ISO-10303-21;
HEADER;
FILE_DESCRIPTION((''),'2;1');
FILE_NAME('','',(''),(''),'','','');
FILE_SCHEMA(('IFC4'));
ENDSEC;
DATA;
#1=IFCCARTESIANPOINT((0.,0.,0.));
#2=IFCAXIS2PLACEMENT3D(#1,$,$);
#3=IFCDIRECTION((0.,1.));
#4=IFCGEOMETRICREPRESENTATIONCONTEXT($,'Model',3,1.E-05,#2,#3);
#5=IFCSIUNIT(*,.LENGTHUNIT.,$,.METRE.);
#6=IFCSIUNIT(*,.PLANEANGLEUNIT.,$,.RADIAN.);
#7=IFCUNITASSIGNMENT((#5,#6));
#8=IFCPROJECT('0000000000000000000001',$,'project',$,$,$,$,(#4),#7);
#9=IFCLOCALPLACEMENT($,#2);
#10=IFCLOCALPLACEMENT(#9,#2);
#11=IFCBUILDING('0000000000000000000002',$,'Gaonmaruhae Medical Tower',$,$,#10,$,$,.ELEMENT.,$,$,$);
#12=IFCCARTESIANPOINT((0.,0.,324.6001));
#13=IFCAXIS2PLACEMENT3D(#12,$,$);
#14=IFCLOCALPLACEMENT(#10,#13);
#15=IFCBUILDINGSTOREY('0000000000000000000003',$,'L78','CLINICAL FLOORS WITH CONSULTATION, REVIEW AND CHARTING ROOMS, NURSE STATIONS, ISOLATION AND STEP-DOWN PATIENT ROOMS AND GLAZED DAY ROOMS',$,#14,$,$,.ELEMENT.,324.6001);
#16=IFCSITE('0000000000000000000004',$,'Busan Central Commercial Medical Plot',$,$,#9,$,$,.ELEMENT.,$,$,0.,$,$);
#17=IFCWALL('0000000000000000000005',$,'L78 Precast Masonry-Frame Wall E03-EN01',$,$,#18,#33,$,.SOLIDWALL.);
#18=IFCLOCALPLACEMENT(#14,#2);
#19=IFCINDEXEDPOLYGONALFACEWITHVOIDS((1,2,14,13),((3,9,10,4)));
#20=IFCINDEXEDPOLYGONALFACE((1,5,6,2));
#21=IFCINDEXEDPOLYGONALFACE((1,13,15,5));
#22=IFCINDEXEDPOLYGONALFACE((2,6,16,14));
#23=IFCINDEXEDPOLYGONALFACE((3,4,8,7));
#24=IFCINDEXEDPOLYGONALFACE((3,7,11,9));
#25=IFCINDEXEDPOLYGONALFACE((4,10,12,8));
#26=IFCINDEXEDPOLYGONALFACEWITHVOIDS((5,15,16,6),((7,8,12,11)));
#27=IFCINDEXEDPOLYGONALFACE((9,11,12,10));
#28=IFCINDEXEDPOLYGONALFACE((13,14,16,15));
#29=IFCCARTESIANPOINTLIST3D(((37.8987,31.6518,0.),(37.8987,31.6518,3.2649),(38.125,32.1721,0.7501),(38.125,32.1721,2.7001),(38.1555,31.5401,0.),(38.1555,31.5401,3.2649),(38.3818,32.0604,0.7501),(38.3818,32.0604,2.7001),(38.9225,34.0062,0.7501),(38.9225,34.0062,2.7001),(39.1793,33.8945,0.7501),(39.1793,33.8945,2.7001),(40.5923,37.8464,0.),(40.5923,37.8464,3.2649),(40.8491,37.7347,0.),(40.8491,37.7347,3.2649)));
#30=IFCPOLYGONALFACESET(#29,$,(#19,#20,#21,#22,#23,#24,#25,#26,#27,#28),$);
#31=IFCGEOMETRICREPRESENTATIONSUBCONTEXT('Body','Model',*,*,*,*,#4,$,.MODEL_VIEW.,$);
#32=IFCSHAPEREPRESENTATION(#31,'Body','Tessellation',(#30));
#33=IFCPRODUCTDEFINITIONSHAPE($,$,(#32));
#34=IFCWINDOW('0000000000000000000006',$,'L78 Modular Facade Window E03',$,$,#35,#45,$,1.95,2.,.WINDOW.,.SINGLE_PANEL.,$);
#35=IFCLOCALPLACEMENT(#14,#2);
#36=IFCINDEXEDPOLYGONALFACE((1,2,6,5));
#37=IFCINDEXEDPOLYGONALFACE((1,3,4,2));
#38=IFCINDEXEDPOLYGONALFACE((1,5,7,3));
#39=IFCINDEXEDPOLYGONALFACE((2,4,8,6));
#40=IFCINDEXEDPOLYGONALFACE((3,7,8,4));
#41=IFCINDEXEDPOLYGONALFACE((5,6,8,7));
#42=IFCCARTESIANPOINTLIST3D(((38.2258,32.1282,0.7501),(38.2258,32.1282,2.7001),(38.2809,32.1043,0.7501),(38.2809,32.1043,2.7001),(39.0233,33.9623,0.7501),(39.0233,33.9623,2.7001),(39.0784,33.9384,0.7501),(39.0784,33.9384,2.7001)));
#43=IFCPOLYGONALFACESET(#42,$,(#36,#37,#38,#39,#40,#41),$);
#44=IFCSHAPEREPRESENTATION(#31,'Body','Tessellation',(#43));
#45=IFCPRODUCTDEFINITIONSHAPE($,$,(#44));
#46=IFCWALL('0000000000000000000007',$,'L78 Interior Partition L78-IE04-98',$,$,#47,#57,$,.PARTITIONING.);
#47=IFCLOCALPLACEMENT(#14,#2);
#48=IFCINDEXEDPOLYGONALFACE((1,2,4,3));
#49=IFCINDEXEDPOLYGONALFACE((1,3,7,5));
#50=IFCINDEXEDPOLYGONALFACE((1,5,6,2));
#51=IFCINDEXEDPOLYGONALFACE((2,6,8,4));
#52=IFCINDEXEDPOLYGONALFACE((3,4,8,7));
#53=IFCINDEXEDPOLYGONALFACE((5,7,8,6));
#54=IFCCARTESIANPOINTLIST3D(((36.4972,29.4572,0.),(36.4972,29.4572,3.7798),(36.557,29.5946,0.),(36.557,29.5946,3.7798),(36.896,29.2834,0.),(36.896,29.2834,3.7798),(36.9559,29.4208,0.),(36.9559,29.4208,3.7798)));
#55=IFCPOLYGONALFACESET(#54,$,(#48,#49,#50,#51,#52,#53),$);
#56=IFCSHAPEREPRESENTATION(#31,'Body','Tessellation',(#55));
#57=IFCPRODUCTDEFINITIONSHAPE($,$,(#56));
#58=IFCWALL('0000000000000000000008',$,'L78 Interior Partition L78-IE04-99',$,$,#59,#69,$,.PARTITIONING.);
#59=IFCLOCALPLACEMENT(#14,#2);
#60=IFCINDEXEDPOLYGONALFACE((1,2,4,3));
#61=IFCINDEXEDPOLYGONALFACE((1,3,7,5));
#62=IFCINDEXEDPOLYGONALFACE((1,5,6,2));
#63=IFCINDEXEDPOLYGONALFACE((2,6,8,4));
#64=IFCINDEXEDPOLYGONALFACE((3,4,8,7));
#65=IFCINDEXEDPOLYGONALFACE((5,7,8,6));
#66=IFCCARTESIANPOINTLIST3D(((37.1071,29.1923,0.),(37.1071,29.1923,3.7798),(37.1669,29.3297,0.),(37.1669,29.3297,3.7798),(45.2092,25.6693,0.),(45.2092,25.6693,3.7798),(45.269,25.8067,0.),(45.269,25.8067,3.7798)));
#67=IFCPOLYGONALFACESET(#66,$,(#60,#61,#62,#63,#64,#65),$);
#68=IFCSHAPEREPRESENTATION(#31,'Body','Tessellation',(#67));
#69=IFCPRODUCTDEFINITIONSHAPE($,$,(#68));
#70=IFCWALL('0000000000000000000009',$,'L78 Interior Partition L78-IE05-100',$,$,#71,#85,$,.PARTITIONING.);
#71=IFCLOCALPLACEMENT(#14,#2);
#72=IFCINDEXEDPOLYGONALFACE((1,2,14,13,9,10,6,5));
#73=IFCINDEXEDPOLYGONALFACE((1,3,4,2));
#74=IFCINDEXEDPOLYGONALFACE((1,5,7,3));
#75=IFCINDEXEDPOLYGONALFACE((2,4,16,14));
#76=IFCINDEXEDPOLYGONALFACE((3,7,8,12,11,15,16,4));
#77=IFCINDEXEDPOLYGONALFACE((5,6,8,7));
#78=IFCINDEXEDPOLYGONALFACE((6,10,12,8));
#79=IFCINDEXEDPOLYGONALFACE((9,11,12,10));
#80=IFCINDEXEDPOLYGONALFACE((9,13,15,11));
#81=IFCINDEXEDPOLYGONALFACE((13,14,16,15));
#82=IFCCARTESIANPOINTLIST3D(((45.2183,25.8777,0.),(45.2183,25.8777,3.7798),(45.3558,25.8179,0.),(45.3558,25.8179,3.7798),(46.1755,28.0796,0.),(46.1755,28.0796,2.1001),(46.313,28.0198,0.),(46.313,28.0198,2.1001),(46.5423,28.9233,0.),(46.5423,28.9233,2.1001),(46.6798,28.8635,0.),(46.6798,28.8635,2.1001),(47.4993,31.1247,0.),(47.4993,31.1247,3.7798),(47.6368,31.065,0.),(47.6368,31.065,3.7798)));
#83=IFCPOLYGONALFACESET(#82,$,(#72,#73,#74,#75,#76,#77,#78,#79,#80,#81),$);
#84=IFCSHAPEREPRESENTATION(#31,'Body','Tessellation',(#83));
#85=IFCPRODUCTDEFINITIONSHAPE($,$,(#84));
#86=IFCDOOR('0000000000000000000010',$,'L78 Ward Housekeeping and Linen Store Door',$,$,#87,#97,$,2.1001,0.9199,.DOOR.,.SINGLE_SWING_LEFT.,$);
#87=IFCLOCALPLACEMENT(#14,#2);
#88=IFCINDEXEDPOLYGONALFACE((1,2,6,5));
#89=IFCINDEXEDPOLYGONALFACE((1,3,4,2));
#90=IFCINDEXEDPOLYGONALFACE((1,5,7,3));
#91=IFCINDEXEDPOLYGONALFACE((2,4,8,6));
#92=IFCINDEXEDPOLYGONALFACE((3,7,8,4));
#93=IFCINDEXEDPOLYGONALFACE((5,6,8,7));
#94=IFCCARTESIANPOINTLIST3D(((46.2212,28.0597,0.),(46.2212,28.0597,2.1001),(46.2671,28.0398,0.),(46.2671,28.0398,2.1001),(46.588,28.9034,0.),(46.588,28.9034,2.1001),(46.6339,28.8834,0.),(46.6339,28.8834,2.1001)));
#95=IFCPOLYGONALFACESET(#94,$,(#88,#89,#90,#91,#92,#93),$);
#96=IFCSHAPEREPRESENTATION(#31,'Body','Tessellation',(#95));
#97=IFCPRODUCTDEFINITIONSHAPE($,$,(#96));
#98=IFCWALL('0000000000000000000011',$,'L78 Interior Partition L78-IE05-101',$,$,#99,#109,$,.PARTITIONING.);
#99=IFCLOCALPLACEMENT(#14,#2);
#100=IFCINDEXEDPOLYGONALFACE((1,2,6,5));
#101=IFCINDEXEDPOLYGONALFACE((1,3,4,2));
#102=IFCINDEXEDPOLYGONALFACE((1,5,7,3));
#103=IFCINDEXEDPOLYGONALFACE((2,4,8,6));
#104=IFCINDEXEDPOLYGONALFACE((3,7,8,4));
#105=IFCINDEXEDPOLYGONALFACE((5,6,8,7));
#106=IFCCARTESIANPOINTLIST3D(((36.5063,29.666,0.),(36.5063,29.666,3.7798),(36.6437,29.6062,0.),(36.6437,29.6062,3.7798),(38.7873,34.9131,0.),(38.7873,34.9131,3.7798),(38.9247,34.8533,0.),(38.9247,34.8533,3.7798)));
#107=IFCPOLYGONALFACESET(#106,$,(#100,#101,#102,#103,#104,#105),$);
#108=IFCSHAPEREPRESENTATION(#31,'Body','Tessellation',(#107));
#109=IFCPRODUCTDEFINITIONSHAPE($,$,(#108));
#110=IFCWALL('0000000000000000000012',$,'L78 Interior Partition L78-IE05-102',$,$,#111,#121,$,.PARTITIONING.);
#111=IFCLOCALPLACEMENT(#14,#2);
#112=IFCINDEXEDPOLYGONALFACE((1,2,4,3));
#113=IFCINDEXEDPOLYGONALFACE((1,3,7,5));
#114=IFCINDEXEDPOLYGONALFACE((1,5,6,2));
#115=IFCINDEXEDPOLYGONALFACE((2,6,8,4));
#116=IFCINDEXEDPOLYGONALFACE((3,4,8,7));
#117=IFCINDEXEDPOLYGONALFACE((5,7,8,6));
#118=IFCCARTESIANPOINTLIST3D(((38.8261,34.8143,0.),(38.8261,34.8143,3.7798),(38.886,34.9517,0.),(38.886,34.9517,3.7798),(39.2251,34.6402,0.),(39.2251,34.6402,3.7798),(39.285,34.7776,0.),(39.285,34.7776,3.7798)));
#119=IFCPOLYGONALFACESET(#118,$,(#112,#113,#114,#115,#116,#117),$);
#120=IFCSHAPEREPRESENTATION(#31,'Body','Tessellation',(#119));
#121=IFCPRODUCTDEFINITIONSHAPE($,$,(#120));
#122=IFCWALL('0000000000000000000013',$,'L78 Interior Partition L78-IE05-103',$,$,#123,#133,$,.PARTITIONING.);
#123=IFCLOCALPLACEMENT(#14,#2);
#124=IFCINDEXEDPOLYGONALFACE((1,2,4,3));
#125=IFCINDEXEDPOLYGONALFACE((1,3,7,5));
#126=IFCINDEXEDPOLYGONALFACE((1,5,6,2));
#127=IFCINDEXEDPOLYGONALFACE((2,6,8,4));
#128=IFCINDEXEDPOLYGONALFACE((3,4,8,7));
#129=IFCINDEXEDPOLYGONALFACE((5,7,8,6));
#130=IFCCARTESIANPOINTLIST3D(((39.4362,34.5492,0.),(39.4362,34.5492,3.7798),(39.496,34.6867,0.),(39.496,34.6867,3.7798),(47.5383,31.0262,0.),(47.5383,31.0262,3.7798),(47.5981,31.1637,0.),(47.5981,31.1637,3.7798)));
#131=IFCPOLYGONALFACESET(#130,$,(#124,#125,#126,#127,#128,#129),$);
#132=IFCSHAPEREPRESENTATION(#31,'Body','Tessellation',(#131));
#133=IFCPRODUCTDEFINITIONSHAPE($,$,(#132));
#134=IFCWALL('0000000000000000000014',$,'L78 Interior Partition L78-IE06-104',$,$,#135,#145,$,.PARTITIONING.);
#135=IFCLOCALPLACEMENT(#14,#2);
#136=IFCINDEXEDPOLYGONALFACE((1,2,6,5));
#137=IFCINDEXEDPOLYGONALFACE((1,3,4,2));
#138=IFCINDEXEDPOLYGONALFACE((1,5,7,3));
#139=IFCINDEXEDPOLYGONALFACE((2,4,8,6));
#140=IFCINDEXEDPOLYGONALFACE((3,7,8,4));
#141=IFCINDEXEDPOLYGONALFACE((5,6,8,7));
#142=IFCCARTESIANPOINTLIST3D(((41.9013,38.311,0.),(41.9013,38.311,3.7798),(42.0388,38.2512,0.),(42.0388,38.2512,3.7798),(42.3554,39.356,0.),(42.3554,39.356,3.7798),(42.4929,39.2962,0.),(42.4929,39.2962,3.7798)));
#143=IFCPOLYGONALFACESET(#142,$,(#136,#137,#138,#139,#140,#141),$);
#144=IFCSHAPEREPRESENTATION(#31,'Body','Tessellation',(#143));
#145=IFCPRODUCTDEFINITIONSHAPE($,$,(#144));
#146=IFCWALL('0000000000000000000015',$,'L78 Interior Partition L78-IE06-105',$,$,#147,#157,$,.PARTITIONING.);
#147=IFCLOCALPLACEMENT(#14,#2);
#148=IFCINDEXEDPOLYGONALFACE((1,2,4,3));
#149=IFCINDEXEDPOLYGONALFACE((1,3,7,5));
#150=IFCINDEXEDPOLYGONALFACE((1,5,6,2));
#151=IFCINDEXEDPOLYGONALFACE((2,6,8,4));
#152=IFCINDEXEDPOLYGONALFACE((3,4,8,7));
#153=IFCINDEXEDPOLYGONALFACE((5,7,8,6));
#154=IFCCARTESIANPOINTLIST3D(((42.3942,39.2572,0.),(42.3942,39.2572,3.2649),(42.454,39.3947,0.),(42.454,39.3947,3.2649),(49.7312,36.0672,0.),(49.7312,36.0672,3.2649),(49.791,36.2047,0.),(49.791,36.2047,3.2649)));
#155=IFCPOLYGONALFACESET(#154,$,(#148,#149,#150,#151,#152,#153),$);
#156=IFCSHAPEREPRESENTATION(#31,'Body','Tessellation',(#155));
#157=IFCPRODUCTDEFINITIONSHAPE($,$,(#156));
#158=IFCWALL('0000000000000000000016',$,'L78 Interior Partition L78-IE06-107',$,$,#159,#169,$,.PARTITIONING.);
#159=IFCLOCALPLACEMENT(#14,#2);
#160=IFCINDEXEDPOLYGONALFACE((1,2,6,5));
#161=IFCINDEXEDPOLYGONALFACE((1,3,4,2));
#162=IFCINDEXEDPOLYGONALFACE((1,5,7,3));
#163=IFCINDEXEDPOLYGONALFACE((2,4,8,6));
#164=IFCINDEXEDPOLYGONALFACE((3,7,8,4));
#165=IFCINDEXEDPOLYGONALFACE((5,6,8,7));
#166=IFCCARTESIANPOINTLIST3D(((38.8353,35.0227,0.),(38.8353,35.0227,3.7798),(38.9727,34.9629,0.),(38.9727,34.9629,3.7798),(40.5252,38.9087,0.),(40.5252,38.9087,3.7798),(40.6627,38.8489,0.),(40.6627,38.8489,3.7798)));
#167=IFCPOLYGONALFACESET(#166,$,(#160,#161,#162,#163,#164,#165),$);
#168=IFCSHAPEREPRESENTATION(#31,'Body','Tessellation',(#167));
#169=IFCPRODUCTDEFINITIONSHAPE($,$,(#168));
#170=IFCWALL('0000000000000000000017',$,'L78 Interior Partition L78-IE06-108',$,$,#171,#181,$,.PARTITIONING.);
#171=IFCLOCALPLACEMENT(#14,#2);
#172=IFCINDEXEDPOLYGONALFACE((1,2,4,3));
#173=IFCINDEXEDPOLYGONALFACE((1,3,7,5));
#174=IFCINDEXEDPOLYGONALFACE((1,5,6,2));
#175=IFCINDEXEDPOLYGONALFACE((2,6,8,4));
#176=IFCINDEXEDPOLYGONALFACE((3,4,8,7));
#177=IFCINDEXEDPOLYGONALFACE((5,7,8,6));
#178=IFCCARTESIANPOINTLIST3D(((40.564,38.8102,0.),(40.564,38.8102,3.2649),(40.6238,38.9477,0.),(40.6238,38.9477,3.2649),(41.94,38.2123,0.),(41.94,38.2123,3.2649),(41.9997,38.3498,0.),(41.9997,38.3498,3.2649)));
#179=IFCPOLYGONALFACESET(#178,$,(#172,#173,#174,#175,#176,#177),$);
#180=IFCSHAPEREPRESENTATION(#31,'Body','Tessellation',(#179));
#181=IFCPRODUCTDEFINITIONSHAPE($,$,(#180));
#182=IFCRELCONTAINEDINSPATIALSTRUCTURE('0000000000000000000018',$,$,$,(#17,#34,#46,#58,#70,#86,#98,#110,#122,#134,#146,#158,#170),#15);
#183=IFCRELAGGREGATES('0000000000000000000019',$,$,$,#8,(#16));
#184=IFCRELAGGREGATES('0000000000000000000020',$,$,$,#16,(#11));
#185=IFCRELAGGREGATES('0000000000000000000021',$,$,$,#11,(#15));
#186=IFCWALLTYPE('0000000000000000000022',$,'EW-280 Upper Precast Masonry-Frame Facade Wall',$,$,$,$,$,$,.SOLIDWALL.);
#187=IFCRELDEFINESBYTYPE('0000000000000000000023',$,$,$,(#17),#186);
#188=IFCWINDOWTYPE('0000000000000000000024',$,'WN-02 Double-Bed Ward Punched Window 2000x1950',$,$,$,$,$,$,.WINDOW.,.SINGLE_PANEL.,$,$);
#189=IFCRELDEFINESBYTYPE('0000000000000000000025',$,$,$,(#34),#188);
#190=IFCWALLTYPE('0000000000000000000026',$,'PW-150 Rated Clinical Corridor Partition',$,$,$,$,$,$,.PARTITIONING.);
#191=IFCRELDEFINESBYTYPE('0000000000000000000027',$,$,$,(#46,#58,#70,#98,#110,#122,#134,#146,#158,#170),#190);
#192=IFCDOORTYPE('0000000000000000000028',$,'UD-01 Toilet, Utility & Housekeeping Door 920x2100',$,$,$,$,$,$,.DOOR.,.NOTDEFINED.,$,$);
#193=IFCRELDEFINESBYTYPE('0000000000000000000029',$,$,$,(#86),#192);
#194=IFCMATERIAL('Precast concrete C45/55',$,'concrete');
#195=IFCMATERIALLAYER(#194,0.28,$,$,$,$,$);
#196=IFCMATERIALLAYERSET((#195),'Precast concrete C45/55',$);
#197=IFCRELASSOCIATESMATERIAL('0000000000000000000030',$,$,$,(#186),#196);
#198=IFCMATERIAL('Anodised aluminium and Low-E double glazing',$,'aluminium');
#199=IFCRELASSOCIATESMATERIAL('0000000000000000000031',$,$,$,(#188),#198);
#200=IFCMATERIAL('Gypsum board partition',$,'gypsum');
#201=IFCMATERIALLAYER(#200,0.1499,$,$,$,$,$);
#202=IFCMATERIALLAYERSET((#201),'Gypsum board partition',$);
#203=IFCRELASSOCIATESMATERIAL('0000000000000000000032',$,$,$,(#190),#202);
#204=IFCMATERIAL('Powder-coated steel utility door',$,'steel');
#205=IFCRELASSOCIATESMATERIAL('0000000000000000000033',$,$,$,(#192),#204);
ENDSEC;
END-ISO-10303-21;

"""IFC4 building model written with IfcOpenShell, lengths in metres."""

from ifc_helpers import new_model, si_unit, direction, frame, frame_2d, origin, place, context, subcontext, project, spatial, rectangle, extrude, material, layer, layer_set, type_object, element, fill, save


model = new_model("IFC4")

# Units and contexts
model_context = context("Model", 3, precision=1e-05, world=origin(), true_north=direction((0.0, 1.0)))
body_context = subcontext(model_context, "Body", "Model", "MODEL_VIEW")
ifc_project = project(units=[si_unit("LENGTHUNIT", "METRE"), si_unit("PLANEANGLEUNIT", "RADIAN")], contexts=[model_context])

# Site, building, storey
site_placement = place(None, origin())
site = spatial("IfcSite", under=ifc_project, at=site_placement, Name="Busan Central Commercial Medical Plot", CompositionType="ELEMENT", RefElevation=0.0)
building_placement = place(site_placement, origin())
building = spatial("IfcBuilding", under=site, at=building_placement, Name="Gaonmaruhae Medical Tower", CompositionType="ELEMENT")
storey_placement = place(building_placement, frame((0.0, 0.0, 324.6001)))
storey = spatial("IfcBuildingStorey", under=building, at=storey_placement, Name="L78", Description="CLINICAL FLOORS WITH CONSULTATION, REVIEW AND CHARTING ROOMS, NURSE STATIONS, ISOLATION AND STEP-DOWN PATIENT ROOMS AND GLAZED DAY ROOMS", CompositionType="ELEMENT", Elevation=324.6001)

# Shared definitions
ifc_material_1 = material(Name="Precast concrete C45/55", Category="concrete")
ifc_layer_1 = layer(ifc_material_1, 0.28)
ifc_layer_set_1 = layer_set([ifc_layer_1], Name="Precast concrete C45/55")
wall_type_1 = type_object("IfcWallType", Name="EW-280 Upper Precast Masonry-Frame Facade Wall", PredefinedType="SOLIDWALL", material=ifc_layer_set_1)

# Wall, opening, window
wall_1_placement = place(storey_placement, frame((38.0271, 31.5959, 0.0), z_axis=(0.0, 0.0, 1.0), x_axis=(0.398764, 0.917053, 0.0)))
wall_1 = element("IfcWall", 1, at=wall_1_placement, inside=storey, type_object=wall_type_1, Name="L78 Precast Masonry-Frame Wall E03-EN01", PredefinedType="SOLIDWALL", context=body_context, shape_type="SweptSolid", body=[
    extrude(rectangle(XDim=6.7549, YDim=0.28, at=frame_2d((3.3774, 0.0))), origin(), (0.0, 0.0, 1.0), 3.2649),
])
opening_1_placement = place(wall_1_placement, frame((0.5674, 0.0, 0.75)))
opening_1 = element("IfcOpeningElement", 2, at=opening_1_placement, cuts=wall_1, PredefinedType="OPENING", context=body_context, shape_type="SweptSolid", body=[
    extrude(rectangle(XDim=2.0, YDim=1.95, at=frame_2d((1.0, 0.9751))), frame((0.0, 0.1499, 0.0), z_axis=(0.0, -1.0, 0.0), x_axis=(1.0, 0.0, 0.0)), (0.0, 0.0, 1.0), 0.3),
])
ifc_material_2 = material(Name="Anodised aluminium and Low-E double glazing", Category="aluminium")
window_type = type_object("IfcWindowType", Name="WN-02 Double-Bed Ward Punched Window 2000x1950", PartitioningType="SINGLE_PANEL", PredefinedType="WINDOW", material=ifc_material_2)
window_placement = place(opening_1_placement, origin())
window = element("IfcWindow", 3, at=window_placement, inside=storey, type_object=window_type, Name="L78 Modular Facade Window E03", OverallHeight=1.95, OverallWidth=2.0, PartitioningType="SINGLE_PANEL", PredefinedType="WINDOW", context=body_context, shape_type="SweptSolid", body=[
    extrude(rectangle(XDim=2.0, YDim=1.95, at=frame_2d((1.0, 0.9751))), frame((0.0, 0.03, 0.0), z_axis=(0.0, -1.0, 0.0), x_axis=(1.0, 0.0, 0.0)), (0.0, 0.0, 1.0), 0.0601),
])
fill(opening_1, window)

# Walls
ifc_material_3 = material(Name="Gypsum board partition", Category="gypsum")
ifc_layer_2 = layer(ifc_material_3, 0.1499)
ifc_layer_set_2 = layer_set([ifc_layer_2], Name="Gypsum board partition")
wall_type_2 = type_object("IfcWallType", Name="PW-150 Rated Clinical Corridor Partition", PredefinedType="PARTITIONING", material=ifc_layer_set_2)
wall_2_placement = place(storey_placement, frame((36.5271, 29.5259, 0.0), z_axis=(0.0, 0.0, 1.0), x_axis=(0.916749, -0.399465, 0.0)))
element("IfcWall", 4, at=wall_2_placement, inside=storey, type_object=wall_type_2, Name="L78 Interior Partition L78-IE04-98", PredefinedType="PARTITIONING", context=body_context, shape_type="SweptSolid", body=[
    extrude(rectangle(XDim=0.4351, YDim=0.1499, at=frame_2d((0.2175, 0.0))), origin(), (0.0, 0.0, 1.0), 3.7798),
])
wall_3_placement = place(storey_placement, frame((37.137, 29.261, 0.0), z_axis=(0.0, 0.0, 1.0), x_axis=(0.917057, -0.398756, 0.0)))
element("IfcWall", 5, at=wall_3_placement, inside=storey, type_object=wall_type_2, Name="L78 Interior Partition L78-IE04-99", PredefinedType="PARTITIONING", context=body_context, shape_type="SweptSolid", body=[
    extrude(rectangle(XDim=8.835, YDim=0.1499, at=frame_2d((4.4175, 0.0))), origin(), (0.0, 0.0, 1.0), 3.7798),
])

# Wall, opening, door
wall_4_placement = place(storey_placement, frame((47.5681, 31.095, 0.0), z_axis=(0.0, 0.0, 1.0), x_axis=(-0.398678, -0.917091, 0.0)))
wall_4 = element("IfcWall", 6, at=wall_4_placement, inside=storey, type_object=wall_type_2, Name="L78 Interior Partition L78-IE05-100", PredefinedType="PARTITIONING", context=body_context, shape_type="SweptSolid", body=[
    extrude(rectangle(XDim=5.7214, YDim=0.1499, at=frame_2d((2.8608, 0.0))), origin(), (0.0, 0.0, 1.0), 3.7798),
])
opening_2_placement = place(wall_4_placement, frame((2.4006, 0.0, 0.0)))
opening_2 = element("IfcOpeningElement", 7, at=opening_2_placement, cuts=wall_4, PredefinedType="OPENING", context=body_context, shape_type="SweptSolid", body=[
    extrude(rectangle(XDim=0.9199, YDim=2.1001, at=frame_2d((0.46, 1.05))), frame((0.0, 0.085, 0.0), z_axis=(0.0, -1.0, 0.0), x_axis=(1.0, 0.0, 0.0)), (0.0, 0.0, 1.0), 0.1699),
])
ifc_material_4 = material(Name="Powder-coated steel utility door", Category="steel")
door_type_1 = type_object("IfcDoorType", Name="UD-01 Toilet, Utility & Housekeeping Door 920x2100", OperationType="NOTDEFINED", PredefinedType="DOOR", material=ifc_material_4)
door_1_placement = place(opening_2_placement, origin())
door_1 = element("IfcDoor", 8, at=door_1_placement, inside=storey, type_object=door_type_1, Name="L78 Ward Housekeeping and Linen Store Door", OperationType="SINGLE_SWING_LEFT", OverallHeight=2.1001, OverallWidth=0.9199, PredefinedType="DOOR", context=body_context, shape_type="SweptSolid", body=[
    extrude(rectangle(XDim=0.9199, YDim=2.1001, at=frame_2d((0.46, 1.05))), frame((0.0, 0.0249, 0.0), z_axis=(0.0, -1.0, 0.0), x_axis=(1.0, 0.0, 0.0)), (0.0, 0.0, 1.0), 0.05),
])
fill(opening_2, door_1)

# Walls
wall_5_placement = place(storey_placement, frame((36.575, 29.636, 0.0), z_axis=(0.0, 0.0, 1.0), x_axis=(0.398678, 0.917091, 0.0)))
element("IfcWall", 9, at=wall_5_placement, inside=storey, type_object=wall_type_2, Name="L78 Interior Partition L78-IE05-101", PredefinedType="PARTITIONING", context=body_context, shape_type="SweptSolid", body=[
    extrude(rectangle(XDim=5.7214, YDim=0.1499, at=frame_2d((2.8608, 0.0))), origin(), (0.0, 0.0, 1.0), 3.7798),
])
wall_6_placement = place(storey_placement, frame((38.856, 34.8831, 0.0), z_axis=(0.0, 0.0, 1.0), x_axis=(0.916543, -0.399936, 0.0)))
element("IfcWall", 10, at=wall_6_placement, inside=storey, type_object=wall_type_2, Name="L78 Interior Partition L78-IE05-102", PredefinedType="PARTITIONING", context=body_context, shape_type="SweptSolid", body=[
    extrude(rectangle(XDim=0.4353, YDim=0.1499, at=frame_2d((0.2178, 0.0))), origin(), (0.0, 0.0, 1.0), 3.7798),
])
wall_7_placement = place(storey_placement, frame((39.4661, 34.6179, 0.0), z_axis=(0.0, 0.0, 1.0), x_axis=(0.917057, -0.398756, 0.0)))
element("IfcWall", 11, at=wall_7_placement, inside=storey, type_object=wall_type_2, Name="L78 Interior Partition L78-IE05-103", PredefinedType="PARTITIONING", context=body_context, shape_type="SweptSolid", body=[
    extrude(rectangle(XDim=8.835, YDim=0.1499, at=frame_2d((4.4175, 0.0))), origin(), (0.0, 0.0, 1.0), 3.7798),
])
wall_8_placement = place(storey_placement, frame((41.97, 38.281, 0.0), z_axis=(0.0, 0.0, 1.0), x_axis=(0.398569, 0.917138, 0.0)))
element("IfcWall", 12, at=wall_8_placement, inside=storey, type_object=wall_type_2, Name="L78 Interior Partition L78-IE06-104", PredefinedType="PARTITIONING", context=body_context, shape_type="SweptSolid", body=[
    extrude(rectangle(XDim=1.1394, YDim=0.1499, at=frame_2d((0.5698, 0.0))), origin(), (0.0, 0.0, 1.0), 3.7798),
])
wall_9_placement = place(storey_placement, frame((42.4241, 39.3259, 0.0), z_axis=(0.0, 0.0, 1.0), x_axis=(0.917071, -0.398724, 0.0)))
element("IfcWall", 13, at=wall_9_placement, inside=storey, type_object=wall_type_2, Name="L78 Interior Partition L78-IE06-105", PredefinedType="PARTITIONING", context=body_context, shape_type="SweptSolid", body=[
    extrude(rectangle(XDim=8.0005, YDim=0.1499, at=frame_2d((4.0002, 0.0))), origin(), (0.0, 0.0, 1.0), 3.2649),
])

# Walls
wall_10_placement = place(storey_placement, frame((38.9041, 34.9929, 0.0), z_axis=(0.0, 0.0, 1.0), x_axis=(0.398802, 0.917037, 0.0)))
element("IfcWall", 14, at=wall_10_placement, inside=storey, type_object=wall_type_2, Name="L78 Interior Partition L78-IE06-107", PredefinedType="PARTITIONING", context=body_context, shape_type="SweptSolid", body=[
    extrude(rectangle(XDim=4.2375, YDim=0.1499, at=frame_2d((2.1187, 0.0))), origin(), (0.0, 0.0, 1.0), 3.7798),
])
wall_11_placement = place(storey_placement, frame((40.594, 38.8789, 0.0), z_axis=(0.0, 0.0, 1.0), x_axis=(0.917155, -0.39853, 0.0)))
element("IfcWall", 15, at=wall_11_placement, inside=storey, type_object=wall_type_2, Name="L78 Interior Partition L78-IE06-108", PredefinedType="PARTITIONING", context=body_context, shape_type="SweptSolid", body=[
    extrude(rectangle(XDim=1.5002, YDim=0.1499, at=frame_2d((0.75, 0.0))), origin(), (0.0, 0.0, 1.0), 3.2649),
])

save(model, "model.ifc")
